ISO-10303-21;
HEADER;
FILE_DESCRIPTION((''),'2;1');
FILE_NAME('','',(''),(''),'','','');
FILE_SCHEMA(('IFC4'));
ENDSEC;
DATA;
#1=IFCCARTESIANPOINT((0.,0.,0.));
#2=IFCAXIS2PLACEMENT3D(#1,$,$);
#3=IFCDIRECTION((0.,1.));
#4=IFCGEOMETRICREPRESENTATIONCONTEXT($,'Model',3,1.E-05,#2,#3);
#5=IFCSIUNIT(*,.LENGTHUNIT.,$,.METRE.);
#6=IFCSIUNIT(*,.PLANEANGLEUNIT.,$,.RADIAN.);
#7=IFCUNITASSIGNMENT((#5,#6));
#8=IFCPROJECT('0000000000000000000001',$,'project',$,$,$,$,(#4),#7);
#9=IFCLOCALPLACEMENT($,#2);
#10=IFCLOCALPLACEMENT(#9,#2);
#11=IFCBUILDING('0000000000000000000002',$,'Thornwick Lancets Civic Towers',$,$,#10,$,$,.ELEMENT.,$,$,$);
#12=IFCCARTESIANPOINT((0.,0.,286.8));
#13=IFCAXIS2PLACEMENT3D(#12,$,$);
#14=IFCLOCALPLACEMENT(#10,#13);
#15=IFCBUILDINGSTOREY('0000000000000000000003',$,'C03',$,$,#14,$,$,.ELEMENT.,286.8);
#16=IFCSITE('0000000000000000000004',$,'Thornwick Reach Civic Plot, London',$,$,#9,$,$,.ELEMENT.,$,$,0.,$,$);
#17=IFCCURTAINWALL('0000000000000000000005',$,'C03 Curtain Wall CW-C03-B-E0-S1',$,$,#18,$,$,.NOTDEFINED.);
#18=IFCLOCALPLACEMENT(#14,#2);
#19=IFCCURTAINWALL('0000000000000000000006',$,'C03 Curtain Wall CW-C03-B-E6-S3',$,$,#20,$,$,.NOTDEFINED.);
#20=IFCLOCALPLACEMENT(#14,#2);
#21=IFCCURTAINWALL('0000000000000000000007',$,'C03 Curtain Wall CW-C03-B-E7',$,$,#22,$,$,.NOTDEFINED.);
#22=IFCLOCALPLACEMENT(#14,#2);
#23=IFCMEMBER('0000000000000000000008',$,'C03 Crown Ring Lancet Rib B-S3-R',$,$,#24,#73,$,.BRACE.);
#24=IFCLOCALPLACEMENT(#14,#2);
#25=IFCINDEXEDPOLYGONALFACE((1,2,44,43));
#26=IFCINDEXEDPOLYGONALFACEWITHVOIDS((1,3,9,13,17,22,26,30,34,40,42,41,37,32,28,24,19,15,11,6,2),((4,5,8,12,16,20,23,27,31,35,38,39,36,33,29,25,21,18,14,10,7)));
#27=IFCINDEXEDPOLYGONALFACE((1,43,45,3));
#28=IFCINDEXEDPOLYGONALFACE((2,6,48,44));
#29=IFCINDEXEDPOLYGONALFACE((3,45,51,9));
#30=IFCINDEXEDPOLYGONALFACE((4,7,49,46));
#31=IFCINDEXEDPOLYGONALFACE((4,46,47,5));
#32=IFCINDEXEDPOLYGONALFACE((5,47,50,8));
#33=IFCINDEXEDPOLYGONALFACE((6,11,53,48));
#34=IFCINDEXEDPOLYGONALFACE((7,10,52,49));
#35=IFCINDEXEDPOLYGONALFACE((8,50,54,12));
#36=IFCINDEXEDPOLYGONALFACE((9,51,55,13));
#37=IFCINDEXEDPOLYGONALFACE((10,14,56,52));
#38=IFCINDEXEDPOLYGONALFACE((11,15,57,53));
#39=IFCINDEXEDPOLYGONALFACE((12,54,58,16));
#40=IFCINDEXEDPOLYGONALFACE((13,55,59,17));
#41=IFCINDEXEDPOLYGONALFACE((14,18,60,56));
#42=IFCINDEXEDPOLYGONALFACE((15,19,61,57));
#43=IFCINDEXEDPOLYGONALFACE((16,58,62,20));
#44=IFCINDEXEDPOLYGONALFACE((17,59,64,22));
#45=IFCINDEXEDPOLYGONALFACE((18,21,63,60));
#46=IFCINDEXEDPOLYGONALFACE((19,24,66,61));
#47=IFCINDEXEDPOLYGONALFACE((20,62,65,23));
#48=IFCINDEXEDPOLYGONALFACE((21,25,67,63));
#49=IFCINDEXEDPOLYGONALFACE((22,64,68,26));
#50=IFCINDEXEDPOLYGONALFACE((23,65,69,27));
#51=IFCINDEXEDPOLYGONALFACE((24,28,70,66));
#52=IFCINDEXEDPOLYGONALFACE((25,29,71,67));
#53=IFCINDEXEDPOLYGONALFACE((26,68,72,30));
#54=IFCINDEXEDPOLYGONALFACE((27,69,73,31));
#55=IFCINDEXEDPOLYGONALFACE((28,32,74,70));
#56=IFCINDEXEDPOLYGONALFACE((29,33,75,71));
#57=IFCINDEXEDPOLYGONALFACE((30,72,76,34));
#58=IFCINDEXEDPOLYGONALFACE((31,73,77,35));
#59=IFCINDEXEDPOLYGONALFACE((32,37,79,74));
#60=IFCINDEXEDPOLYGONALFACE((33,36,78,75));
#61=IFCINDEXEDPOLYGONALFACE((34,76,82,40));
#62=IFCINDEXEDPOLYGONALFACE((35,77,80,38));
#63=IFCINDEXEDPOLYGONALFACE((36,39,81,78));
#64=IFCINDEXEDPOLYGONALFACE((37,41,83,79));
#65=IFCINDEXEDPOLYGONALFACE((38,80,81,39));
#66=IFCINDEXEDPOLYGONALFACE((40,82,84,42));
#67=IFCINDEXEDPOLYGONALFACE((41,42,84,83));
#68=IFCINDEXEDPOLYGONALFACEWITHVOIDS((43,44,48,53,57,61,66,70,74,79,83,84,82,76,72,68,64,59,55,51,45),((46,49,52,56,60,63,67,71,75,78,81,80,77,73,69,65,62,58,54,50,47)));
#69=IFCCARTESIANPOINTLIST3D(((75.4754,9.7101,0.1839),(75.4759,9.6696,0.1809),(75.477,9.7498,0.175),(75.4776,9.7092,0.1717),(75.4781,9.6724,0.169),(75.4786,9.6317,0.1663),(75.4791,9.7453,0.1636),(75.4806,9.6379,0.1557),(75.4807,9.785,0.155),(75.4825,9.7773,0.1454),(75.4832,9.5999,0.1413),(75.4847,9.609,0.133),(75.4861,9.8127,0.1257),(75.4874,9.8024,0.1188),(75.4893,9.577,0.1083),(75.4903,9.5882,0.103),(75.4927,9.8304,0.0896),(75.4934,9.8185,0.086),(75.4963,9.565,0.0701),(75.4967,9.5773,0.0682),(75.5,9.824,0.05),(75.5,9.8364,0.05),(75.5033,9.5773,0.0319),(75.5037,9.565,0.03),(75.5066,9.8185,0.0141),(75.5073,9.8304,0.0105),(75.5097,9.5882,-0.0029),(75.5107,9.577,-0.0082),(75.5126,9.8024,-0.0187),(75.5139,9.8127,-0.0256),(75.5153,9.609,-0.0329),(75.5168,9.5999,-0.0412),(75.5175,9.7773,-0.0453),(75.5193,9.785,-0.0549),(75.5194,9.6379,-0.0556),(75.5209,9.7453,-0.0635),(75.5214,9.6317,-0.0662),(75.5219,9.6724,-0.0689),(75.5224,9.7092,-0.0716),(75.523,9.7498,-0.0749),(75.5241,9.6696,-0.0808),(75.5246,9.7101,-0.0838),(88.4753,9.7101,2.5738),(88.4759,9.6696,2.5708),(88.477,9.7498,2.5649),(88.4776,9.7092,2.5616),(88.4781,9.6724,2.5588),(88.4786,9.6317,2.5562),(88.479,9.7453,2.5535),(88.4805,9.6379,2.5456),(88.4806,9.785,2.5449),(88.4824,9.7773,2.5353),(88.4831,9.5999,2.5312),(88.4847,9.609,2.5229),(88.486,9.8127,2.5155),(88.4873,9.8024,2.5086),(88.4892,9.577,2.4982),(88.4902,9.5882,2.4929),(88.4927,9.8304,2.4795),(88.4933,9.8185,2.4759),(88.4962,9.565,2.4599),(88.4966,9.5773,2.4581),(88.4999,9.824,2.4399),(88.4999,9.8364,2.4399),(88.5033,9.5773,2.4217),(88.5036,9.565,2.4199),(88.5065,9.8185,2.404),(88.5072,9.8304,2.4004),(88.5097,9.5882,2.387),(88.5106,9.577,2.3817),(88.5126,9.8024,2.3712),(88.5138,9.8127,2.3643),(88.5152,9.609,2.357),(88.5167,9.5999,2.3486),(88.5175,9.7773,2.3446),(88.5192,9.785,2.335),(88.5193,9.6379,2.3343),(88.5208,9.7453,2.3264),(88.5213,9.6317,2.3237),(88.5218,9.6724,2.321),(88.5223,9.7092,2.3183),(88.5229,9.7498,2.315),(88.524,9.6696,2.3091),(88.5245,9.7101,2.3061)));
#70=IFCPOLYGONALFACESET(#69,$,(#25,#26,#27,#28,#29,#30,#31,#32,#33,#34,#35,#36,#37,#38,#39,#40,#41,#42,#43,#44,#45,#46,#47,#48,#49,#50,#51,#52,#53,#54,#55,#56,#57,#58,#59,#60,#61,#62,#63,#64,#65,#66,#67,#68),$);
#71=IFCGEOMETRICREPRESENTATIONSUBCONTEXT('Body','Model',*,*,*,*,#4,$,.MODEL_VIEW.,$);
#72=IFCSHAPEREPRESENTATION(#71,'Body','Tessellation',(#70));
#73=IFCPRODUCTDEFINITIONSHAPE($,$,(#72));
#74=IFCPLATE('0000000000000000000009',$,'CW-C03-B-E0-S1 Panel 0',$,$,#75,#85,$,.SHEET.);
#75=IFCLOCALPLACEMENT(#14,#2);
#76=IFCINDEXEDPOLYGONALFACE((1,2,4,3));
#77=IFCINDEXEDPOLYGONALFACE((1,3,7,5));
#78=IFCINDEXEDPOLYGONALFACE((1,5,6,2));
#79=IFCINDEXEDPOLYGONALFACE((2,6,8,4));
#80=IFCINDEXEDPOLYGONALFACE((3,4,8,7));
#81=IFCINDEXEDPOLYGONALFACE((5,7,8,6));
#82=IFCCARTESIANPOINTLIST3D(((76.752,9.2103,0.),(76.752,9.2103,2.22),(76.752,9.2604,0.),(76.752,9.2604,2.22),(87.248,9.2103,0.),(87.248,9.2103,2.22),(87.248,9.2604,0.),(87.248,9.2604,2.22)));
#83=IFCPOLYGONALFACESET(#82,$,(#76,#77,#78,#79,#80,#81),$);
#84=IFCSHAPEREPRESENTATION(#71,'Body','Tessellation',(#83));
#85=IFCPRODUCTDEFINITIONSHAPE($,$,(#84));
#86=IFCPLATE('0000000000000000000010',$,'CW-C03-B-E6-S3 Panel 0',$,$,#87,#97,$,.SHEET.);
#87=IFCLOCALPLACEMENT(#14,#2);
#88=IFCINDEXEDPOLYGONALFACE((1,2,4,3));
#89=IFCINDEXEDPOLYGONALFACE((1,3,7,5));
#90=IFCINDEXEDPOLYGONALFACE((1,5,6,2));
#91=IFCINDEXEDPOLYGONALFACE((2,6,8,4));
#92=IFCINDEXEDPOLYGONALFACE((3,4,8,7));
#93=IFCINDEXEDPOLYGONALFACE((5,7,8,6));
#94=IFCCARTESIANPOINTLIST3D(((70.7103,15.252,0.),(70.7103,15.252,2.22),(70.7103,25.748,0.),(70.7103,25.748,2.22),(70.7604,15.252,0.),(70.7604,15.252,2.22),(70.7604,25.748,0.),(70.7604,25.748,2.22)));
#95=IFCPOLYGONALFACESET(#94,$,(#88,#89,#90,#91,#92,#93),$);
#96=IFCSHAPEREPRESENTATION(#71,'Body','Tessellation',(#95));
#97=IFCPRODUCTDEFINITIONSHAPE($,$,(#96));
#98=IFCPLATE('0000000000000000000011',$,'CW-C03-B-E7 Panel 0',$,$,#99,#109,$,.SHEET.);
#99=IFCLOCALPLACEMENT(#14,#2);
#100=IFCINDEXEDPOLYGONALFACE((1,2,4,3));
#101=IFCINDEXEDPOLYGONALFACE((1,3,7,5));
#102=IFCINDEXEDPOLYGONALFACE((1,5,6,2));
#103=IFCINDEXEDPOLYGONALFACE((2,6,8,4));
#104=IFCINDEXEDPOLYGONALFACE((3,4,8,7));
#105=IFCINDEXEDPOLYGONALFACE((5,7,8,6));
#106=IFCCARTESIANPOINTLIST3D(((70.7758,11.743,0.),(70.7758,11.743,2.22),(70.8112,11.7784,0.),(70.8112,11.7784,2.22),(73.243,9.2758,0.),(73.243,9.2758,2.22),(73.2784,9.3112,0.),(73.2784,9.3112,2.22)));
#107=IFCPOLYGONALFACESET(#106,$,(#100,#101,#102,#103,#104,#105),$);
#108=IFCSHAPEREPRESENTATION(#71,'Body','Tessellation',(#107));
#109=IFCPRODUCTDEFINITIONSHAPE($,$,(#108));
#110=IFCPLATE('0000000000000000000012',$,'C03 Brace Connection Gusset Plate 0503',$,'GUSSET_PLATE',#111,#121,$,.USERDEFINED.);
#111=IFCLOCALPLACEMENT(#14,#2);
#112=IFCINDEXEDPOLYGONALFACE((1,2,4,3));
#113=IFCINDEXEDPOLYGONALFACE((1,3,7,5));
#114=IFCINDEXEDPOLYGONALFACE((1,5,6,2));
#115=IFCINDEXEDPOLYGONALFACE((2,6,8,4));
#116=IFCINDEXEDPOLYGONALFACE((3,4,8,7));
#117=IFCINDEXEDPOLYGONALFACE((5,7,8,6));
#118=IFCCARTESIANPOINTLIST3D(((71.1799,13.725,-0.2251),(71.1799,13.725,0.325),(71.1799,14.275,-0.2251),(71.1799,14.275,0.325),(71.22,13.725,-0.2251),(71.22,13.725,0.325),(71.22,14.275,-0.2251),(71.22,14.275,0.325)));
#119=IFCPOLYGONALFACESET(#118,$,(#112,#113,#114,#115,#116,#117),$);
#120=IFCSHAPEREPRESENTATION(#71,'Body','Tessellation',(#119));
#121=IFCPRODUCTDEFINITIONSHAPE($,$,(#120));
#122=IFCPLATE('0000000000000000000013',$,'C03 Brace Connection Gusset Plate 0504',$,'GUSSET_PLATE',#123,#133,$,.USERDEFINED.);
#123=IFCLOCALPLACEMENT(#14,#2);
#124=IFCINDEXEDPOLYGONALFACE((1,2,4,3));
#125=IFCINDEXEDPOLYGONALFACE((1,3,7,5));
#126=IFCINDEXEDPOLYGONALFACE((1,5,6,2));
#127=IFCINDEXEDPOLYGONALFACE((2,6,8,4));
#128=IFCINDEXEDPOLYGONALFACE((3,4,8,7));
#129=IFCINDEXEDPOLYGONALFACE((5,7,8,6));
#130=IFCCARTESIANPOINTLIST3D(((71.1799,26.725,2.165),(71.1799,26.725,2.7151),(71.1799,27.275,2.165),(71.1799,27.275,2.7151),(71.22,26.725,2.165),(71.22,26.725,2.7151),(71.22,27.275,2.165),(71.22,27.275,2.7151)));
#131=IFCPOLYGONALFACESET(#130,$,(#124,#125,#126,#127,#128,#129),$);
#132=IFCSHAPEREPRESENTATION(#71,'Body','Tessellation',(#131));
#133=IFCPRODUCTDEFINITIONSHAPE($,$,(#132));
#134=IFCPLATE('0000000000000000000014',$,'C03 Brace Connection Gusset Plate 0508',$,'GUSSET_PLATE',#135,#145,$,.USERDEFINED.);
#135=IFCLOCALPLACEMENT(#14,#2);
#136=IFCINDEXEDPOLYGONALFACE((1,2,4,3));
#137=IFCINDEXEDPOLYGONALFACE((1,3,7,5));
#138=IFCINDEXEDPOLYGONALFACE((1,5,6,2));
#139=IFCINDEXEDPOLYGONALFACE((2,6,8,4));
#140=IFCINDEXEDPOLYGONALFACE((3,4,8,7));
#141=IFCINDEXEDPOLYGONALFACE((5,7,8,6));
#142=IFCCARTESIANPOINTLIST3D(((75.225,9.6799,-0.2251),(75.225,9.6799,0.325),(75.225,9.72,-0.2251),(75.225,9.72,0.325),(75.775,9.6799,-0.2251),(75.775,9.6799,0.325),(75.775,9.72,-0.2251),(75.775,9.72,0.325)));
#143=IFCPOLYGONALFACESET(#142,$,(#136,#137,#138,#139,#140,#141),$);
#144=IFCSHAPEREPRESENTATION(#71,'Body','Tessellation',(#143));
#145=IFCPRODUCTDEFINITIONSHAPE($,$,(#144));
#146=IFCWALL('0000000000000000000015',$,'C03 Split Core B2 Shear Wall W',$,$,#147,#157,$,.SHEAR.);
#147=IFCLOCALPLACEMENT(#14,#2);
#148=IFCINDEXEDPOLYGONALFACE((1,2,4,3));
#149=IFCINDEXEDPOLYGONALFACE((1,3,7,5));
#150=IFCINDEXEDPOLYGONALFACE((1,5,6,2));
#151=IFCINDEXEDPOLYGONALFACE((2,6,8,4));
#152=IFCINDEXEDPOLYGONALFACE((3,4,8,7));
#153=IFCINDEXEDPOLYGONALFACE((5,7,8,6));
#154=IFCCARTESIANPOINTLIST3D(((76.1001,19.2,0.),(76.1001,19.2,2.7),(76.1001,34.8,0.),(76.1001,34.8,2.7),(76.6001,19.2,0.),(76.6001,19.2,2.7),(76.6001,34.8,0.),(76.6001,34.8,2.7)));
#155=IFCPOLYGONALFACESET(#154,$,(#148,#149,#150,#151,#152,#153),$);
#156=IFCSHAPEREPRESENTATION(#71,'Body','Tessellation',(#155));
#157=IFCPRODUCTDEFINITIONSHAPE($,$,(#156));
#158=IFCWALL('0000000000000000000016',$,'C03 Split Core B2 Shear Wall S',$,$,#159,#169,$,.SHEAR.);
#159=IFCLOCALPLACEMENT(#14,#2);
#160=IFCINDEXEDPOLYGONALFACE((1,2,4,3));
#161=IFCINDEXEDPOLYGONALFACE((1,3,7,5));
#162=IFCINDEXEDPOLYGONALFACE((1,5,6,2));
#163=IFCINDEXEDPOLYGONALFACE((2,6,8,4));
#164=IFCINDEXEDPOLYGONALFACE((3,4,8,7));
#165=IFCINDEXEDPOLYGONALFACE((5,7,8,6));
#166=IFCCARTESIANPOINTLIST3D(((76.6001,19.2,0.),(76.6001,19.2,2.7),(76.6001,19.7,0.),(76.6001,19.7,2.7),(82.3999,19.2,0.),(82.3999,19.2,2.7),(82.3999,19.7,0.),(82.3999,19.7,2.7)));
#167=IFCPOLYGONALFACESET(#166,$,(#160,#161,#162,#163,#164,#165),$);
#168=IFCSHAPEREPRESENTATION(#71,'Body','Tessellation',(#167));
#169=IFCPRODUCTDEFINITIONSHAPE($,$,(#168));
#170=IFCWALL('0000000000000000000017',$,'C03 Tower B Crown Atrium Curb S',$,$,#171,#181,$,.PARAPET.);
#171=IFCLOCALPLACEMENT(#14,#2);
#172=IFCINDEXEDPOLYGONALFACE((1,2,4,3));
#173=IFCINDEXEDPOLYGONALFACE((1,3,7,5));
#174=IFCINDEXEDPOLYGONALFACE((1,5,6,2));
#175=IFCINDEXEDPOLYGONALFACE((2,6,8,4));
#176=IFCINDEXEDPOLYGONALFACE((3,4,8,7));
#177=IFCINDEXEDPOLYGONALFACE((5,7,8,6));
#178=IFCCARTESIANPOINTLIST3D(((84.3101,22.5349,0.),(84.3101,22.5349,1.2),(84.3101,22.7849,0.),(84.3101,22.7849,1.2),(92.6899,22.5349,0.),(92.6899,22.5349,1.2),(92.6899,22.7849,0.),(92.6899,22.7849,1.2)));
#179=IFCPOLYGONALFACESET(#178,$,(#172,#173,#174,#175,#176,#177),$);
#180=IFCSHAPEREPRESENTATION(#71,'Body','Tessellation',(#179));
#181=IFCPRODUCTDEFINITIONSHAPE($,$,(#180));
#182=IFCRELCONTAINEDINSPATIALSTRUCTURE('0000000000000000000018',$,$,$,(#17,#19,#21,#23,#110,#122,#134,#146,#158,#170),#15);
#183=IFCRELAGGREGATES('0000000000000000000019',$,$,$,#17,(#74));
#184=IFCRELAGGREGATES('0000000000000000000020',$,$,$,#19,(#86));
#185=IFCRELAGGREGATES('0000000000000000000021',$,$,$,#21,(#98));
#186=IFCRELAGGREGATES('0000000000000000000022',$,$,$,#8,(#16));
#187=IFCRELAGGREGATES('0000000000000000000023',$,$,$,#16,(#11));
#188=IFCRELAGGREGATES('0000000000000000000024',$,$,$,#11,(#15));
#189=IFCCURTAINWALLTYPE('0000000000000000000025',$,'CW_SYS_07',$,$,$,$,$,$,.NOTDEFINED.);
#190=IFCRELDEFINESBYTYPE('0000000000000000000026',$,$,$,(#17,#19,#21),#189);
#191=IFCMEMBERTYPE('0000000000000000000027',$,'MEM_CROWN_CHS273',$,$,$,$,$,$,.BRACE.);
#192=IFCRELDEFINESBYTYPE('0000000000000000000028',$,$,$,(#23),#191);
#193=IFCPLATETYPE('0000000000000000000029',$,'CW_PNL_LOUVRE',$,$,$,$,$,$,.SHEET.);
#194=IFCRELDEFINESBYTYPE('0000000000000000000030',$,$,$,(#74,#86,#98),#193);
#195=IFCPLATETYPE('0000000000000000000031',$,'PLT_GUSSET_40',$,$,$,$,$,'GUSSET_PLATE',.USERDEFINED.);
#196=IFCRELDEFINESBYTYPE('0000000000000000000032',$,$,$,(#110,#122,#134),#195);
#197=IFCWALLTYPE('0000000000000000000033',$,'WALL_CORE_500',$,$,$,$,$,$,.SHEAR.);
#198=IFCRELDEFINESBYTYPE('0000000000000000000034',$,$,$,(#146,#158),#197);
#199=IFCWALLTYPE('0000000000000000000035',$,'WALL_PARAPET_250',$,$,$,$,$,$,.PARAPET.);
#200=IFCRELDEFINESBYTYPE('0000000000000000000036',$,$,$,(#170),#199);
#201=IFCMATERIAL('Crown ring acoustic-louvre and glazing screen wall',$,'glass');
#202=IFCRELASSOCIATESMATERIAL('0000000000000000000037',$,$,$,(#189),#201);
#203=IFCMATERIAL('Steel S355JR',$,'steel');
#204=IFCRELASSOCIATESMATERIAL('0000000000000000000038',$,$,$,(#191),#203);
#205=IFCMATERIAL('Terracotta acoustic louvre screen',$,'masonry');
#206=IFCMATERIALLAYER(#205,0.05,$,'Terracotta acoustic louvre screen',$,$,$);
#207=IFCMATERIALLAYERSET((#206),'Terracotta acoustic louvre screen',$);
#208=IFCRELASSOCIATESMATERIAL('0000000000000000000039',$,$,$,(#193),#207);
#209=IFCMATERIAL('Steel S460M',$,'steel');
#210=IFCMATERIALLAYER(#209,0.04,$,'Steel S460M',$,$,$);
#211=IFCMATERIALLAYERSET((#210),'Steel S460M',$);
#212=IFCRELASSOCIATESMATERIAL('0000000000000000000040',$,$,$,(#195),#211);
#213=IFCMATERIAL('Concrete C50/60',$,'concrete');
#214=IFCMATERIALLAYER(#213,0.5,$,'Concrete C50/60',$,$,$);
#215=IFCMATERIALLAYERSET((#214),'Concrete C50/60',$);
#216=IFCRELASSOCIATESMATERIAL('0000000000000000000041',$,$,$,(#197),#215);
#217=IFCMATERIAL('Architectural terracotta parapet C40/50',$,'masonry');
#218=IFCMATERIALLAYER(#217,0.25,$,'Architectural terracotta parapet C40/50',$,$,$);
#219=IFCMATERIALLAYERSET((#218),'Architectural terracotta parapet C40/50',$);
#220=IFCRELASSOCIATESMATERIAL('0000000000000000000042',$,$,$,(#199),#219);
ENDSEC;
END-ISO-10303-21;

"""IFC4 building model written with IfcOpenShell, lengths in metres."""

from ifc_helpers import new_model, si_unit, direction, frame, frame_2d, origin, origin_2d, place, context, subcontext, project, spatial, rectangle, hollow_circle, extrude, material, layer, layer_set, material_profile, profile_set, type_object, element, aggregate, save


model = new_model("IFC4")

# Units and contexts
model_context = context("Model", 3, precision=1e-05, world=origin(), true_north=direction((0.0, 1.0)))
body_context = subcontext(model_context, "Body", "Model", "MODEL_VIEW")
ifc_project = project(units=[si_unit("LENGTHUNIT", "METRE"), si_unit("PLANEANGLEUNIT", "RADIAN")], contexts=[model_context])

# Site, building, storey
site_placement = place(None, origin())
site = spatial("IfcSite", under=ifc_project, at=site_placement, Name="Thornwick Reach Civic Plot, London", CompositionType="ELEMENT", RefElevation=0.0)
building_placement = place(site_placement, origin())
building = spatial("IfcBuilding", under=site, at=building_placement, Name="Thornwick Lancets Civic Towers", CompositionType="ELEMENT")
storey_placement = place(building_placement, frame((0.0, 0.0, 286.8)))
storey = spatial("IfcBuildingStorey", under=building, at=storey_placement, Name="C03", CompositionType="ELEMENT", Elevation=286.8)

# Shared definitions
ifc_material_1 = material(Name="Steel S355JR", Category="steel")

# Curtain walls
ifc_material_2 = material(Name="Crown ring acoustic-louvre and glazing screen wall", Category="glass")
curtain_wall_type = type_object("IfcCurtainWallType", Name="CW_SYS_07", PredefinedType="NOTDEFINED", material=ifc_material_2)
curtain_wall_1_placement = place(storey_placement, origin())
curtain_wall_1 = element("IfcCurtainWall", 1, at=curtain_wall_1_placement, inside=storey, type_object=curtain_wall_type, Name="C03 Curtain Wall CW-C03-B-E0-S1", PredefinedType="NOTDEFINED")
curtain_wall_2_placement = place(storey_placement, origin())
curtain_wall_2 = element("IfcCurtainWall", 2, at=curtain_wall_2_placement, inside=storey, type_object=curtain_wall_type, Name="C03 Curtain Wall CW-C03-B-E6-S3", PredefinedType="NOTDEFINED")
curtain_wall_3_placement = place(storey_placement, origin())
curtain_wall_3 = element("IfcCurtainWall", 3, at=curtain_wall_3_placement, inside=storey, type_object=curtain_wall_type, Name="C03 Curtain Wall CW-C03-B-E7", PredefinedType="NOTDEFINED")

# Member
ifc_material_profile_1 = material_profile(ifc_material_1, hollow_circle(Radius=0.1365, WallThickness=0.0125, at=origin_2d()), Name="CHS 273x12.5")
ifc_profile_set_1 = profile_set([ifc_material_profile_1], Name="Steel S355JR")
member_type_1 = type_object("IfcMemberType", Name="MEM_CROWN_CHS273", PredefinedType="BRACE", material=ifc_profile_set_1)
for number, where, z_axis, x_axis, name in (
    (4, (75.5, 9.7, 0.05), (0.983518, 0.0, 0.180808), (0.0, 1.0, 0.0), "C03 Crown Ring Lancet Rib B-S3-R"),
):
    element("IfcMember", number, at=place(storey_placement, frame(where, z_axis=z_axis, x_axis=x_axis)), inside=storey, type_object=member_type_1, Name=name, PredefinedType="BRACE", context=body_context, shape_type="SweptSolid", body=[
        extrude(hollow_circle(Radius=0.1365, WallThickness=0.0125, at=origin_2d()), origin(), (0.0, 0.0, 1.0), 13.2178),
    ])

# Plates
ifc_material_3 = material(Name="Terracotta acoustic louvre screen", Category="masonry")
ifc_layer_1 = layer(ifc_material_3, 0.05, Name="Terracotta acoustic louvre screen")
ifc_layer_set_1 = layer_set([ifc_layer_1], Name="Terracotta acoustic louvre screen")
plate_type_1 = type_object("IfcPlateType", Name="CW_PNL_LOUVRE", PredefinedType="SHEET", material=ifc_layer_set_1)
plate_1_placement = place(storey_placement, frame((82.0, 9.2354, 0.0), z_axis=(0.0, 0.0, 1.0), x_axis=(1.0, 0.0, 0.0)))
plate_1 = element("IfcPlate", 5, at=plate_1_placement, type_object=plate_type_1, Name="CW-C03-B-E0-S1 Panel 0", PredefinedType="SHEET", context=body_context, shape_type="SweptSolid", body=[
    extrude(rectangle(XDim=10.4961, YDim=0.05, at=origin_2d()), origin(), (0.0, 0.0, 1.0), 2.22),
])
aggregate(curtain_wall_1, [plate_1])
plate_2_placement = place(storey_placement, frame((70.7354, 20.5, 0.0), z_axis=(0.0, 0.0, 1.0), x_axis=(0.0, -1.0, 0.0)))
plate_2 = element("IfcPlate", 6, at=plate_2_placement, type_object=plate_type_1, Name="CW-C03-B-E6-S3 Panel 0", PredefinedType="SHEET", context=body_context, shape_type="SweptSolid", body=[
    extrude(rectangle(XDim=10.4961, YDim=0.05, at=origin_2d()), origin(), (0.0, 0.0, 1.0), 2.22),
])
aggregate(curtain_wall_2, [plate_2])
plate_3_placement = place(storey_placement, frame((72.0271, 10.5271, 0.0), z_axis=(0.0, 0.0, 1.0), x_axis=(0.707107, -0.707107, 0.0)))
plate_3 = element("IfcPlate", 7, at=plate_3_placement, type_object=plate_type_1, Name="CW-C03-B-E7 Panel 0", PredefinedType="SHEET", context=body_context, shape_type="SweptSolid", body=[
    extrude(rectangle(XDim=3.4893, YDim=0.05, at=origin_2d()), origin(), (0.0, 0.0, 1.0), 2.22),
])
aggregate(curtain_wall_3, [plate_3])

# Plates
ifc_material_4 = material(Name="Steel S460M", Category="steel")
ifc_layer_2 = layer(ifc_material_4, 0.04, Name="Steel S460M")
ifc_layer_set_2 = layer_set([ifc_layer_2], Name="Steel S460M")
plate_type_2 = type_object("IfcPlateType", Name="PLT_GUSSET_40", ElementType="GUSSET_PLATE", PredefinedType="USERDEFINED", material=ifc_layer_set_2)
for number, where, z_axis, x_axis, name in (
    (8, (71.2, 14.0, -0.2251), (0.0, 0.0, 1.0), (0.0, 1.0, 0.0), "C03 Brace Connection Gusset Plate 0503"),
    (9, (71.2, 27.0, 2.165), (0.0, 0.0, 1.0), (0.0, 1.0, 0.0), "C03 Brace Connection Gusset Plate 0504"),
    (10, (75.5, 9.7, -0.2251), (0.0, 0.0, 1.0), (1.0, 0.0, 0.0), "C03 Brace Connection Gusset Plate 0508"),
):
    element("IfcPlate", number, at=place(storey_placement, frame(where, z_axis=z_axis, x_axis=x_axis)), inside=storey, type_object=plate_type_2, Name=name, ObjectType="GUSSET_PLATE", PredefinedType="USERDEFINED", context=body_context, shape_type="SweptSolid", body=[
        extrude(rectangle(XDim=0.55, YDim=0.04, at=origin_2d()), origin(), (0.0, 0.0, 1.0), 0.55),
    ])

# Walls
ifc_material_5 = material(Name="Concrete C50/60", Category="concrete")
ifc_layer_3 = layer(ifc_material_5, 0.5, Name="Concrete C50/60")
ifc_layer_set_3 = layer_set([ifc_layer_3], Name="Concrete C50/60")
wall_type_1 = type_object("IfcWallType", Name="WALL_CORE_500", PredefinedType="SHEAR", material=ifc_layer_set_3)
wall_1_placement = place(storey_placement, frame((76.3501, 19.2, 0.0), z_axis=(0.0, 0.0, 1.0), x_axis=(0.0, 1.0, 0.0)))
element("IfcWall", 11, at=wall_1_placement, inside=storey, type_object=wall_type_1, Name="C03 Split Core B2 Shear Wall W", PredefinedType="SHEAR", context=body_context, shape_type="SweptSolid", body=[
    extrude(rectangle(XDim=15.6001, YDim=0.5, at=frame_2d((7.8, 0.0))), origin(), (0.0, 0.0, 1.0), 2.7),
])
wall_2_placement = place(storey_placement, frame((76.6001, 19.45, 0.0), z_axis=(0.0, 0.0, 1.0), x_axis=(1.0, 0.0, 0.0)))
element("IfcWall", 12, at=wall_2_placement, inside=storey, type_object=wall_type_1, Name="C03 Split Core B2 Shear Wall S", PredefinedType="SHEAR", context=body_context, shape_type="SweptSolid", body=[
    extrude(rectangle(XDim=5.7998, YDim=0.5, at=frame_2d((2.8999, 0.0))), origin(), (0.0, 0.0, 1.0), 2.7),
])
ifc_material_6 = material(Name="Architectural terracotta parapet C40/50", Category="masonry")
ifc_layer_4 = layer(ifc_material_6, 0.25, Name="Architectural terracotta parapet C40/50")
ifc_layer_set_4 = layer_set([ifc_layer_4], Name="Architectural terracotta parapet C40/50")
wall_type_2 = type_object("IfcWallType", Name="WALL_PARAPET_250", PredefinedType="PARAPET", material=ifc_layer_set_4)
wall_3_placement = place(storey_placement, frame((84.3101, 22.6599, 0.0), z_axis=(0.0, 0.0, 1.0), x_axis=(1.0, 0.0, 0.0)))
element("IfcWall", 13, at=wall_3_placement, inside=storey, type_object=wall_type_2, Name="C03 Tower B Crown Atrium Curb S", PredefinedType="PARAPET", context=body_context, shape_type="SweptSolid", body=[
    extrude(rectangle(XDim=8.3799, YDim=0.25, at=frame_2d((4.1899, 0.0))), origin(), (0.0, 0.0, 1.0), 1.2),
])

save(model, "model.ifc")
